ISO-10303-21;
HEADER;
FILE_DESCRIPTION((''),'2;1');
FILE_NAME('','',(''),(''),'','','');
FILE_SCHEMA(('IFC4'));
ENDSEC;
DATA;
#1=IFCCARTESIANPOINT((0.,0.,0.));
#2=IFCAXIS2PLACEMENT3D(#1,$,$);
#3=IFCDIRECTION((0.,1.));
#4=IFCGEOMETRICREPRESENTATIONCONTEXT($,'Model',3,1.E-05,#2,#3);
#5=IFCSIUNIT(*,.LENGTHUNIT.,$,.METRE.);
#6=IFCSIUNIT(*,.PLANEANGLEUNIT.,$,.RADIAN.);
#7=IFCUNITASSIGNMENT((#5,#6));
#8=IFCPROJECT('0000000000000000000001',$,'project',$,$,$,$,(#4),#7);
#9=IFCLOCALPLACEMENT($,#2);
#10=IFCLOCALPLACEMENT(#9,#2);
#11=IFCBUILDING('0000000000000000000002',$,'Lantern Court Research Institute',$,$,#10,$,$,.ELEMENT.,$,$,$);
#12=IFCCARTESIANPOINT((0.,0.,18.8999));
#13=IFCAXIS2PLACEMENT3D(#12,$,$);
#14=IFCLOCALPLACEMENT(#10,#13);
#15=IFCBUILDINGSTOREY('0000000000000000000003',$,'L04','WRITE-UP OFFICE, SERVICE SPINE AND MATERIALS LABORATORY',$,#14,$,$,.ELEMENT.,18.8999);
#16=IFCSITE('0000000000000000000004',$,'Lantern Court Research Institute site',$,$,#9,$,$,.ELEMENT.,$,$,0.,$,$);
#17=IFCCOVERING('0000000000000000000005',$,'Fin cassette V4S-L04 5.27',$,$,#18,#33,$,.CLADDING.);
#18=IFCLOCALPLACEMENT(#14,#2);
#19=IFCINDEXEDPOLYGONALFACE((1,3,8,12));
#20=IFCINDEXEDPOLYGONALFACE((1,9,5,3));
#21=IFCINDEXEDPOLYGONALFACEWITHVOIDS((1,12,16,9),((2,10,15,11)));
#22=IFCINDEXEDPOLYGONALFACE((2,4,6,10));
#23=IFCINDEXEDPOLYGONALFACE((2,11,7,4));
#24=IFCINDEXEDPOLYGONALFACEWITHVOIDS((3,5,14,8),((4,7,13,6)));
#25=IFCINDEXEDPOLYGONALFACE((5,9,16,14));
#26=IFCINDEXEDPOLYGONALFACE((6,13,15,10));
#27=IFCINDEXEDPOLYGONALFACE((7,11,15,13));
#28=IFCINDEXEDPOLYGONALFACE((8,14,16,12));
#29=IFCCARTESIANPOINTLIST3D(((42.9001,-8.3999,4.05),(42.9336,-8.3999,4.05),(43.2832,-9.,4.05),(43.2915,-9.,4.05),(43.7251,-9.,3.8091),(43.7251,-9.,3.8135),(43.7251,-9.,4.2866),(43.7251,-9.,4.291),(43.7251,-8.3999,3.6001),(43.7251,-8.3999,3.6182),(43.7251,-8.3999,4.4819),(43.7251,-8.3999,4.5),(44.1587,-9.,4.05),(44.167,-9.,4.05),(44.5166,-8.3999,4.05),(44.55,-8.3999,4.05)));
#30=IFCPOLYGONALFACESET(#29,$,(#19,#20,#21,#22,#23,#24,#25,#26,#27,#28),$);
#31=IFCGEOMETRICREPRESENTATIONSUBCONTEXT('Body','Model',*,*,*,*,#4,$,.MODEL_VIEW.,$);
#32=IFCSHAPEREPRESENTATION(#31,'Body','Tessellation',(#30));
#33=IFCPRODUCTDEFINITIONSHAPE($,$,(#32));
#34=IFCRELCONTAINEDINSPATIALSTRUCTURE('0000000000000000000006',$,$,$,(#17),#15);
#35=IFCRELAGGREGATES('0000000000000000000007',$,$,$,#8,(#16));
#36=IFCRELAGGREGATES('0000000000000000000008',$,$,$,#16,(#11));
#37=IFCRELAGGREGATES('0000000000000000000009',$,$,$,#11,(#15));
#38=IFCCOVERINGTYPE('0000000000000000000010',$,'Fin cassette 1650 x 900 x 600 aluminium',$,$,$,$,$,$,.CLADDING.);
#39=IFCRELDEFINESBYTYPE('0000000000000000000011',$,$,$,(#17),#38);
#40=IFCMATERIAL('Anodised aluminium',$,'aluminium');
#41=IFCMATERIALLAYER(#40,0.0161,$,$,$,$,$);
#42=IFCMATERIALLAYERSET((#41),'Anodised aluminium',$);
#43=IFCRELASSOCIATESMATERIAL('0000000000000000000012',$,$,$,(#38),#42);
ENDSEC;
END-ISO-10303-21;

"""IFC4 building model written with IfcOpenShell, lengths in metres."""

from ifc_helpers import new_model, entity, si_unit, direction, frame, origin, place, context, subcontext, project, spatial, material, layer, layer_set, type_object, element, save


model = new_model("IFC4")

# Units and contexts
model_context = context("Model", 3, precision=1e-05, world=origin(), true_north=direction((0.0, 1.0)))
body_context = subcontext(model_context, "Body", "Model", "MODEL_VIEW")
ifc_project = project(units=[si_unit("LENGTHUNIT", "METRE"), si_unit("PLANEANGLEUNIT", "RADIAN")], contexts=[model_context])

# Site, building, storey
site_placement = place(None, origin())
site = spatial("IfcSite", under=ifc_project, at=site_placement, Name="Lantern Court Research Institute site", CompositionType="ELEMENT", RefElevation=0.0)
building_placement = place(site_placement, origin())
building = spatial("IfcBuilding", under=site, at=building_placement, Name="Lantern Court Research Institute", CompositionType="ELEMENT")
storey_placement = place(building_placement, frame((0.0, 0.0, 18.8999)))
storey = spatial("IfcBuildingStorey", under=building, at=storey_placement, Name="L04", Description="WRITE-UP OFFICE, SERVICE SPINE AND MATERIALS LABORATORY", CompositionType="ELEMENT", Elevation=18.8999)

# Covering
ifc_material_1 = material(Name="Anodised aluminium", Category="aluminium")
ifc_layer_1 = layer(ifc_material_1, 0.0161)
ifc_layer_set_1 = layer_set([ifc_layer_1], Name="Anodised aluminium")
covering_type = type_object("IfcCoveringType", Name="Fin cassette 1650 x 900 x 600 aluminium", PredefinedType="CLADDING", material=ifc_layer_set_1)
covering_1_placement = place(storey_placement, frame((43.7251, -8.3999, 4.05), z_axis=(0.0, -1.0, 0.0), x_axis=(1.0, 0.0, 0.0)))
cartesian_point_1 = entity("IfcCartesianPoint", [0.825, 0.0])
cartesian_point_2 = entity("IfcCartesianPoint", [0.7915, 0.0])
cartesian_point_3 = entity("IfcCartesianPoint", [0.4419, 0.0])
cartesian_point_4 = entity("IfcCartesianPoint", [0.4336, 0.0])
element("IfcCovering", 1, at=covering_1_placement, inside=storey, type_object=covering_type, Name="Fin cassette V4S-L04 5.27", PredefinedType="CLADDING", context=body_context, shape_type="SweptSolid", body=[
    entity("IfcExtrudedAreaSolidTapered", entity("IfcArbitraryProfileDefWithVoids", "AREA", None, entity("IfcPolyline", [cartesian_point_1, entity("IfcCartesianPoint", [0.0, 0.45]), entity("IfcCartesianPoint", [-0.825, 0.0]), entity("IfcCartesianPoint", [0.0, -0.45]), cartesian_point_1]), [entity("IfcPolyline", [cartesian_point_2, entity("IfcCartesianPoint", [0.0, 0.4319]), entity("IfcCartesianPoint", [-0.7915, 0.0]), entity("IfcCartesianPoint", [0.0, -0.4319]), cartesian_point_2])]), entity("IfcAxis2Placement3D", entity("IfcCartesianPoint", [0.0, 0.0, 0.0])), entity("IfcDirection", [0.0, 0.0, 1.0]), 0.6001, entity("IfcArbitraryProfileDefWithVoids", "AREA", None, entity("IfcPolyline", [cartesian_point_3, entity("IfcCartesianPoint", [0.0, 0.241]), entity("IfcCartesianPoint", [-0.4419, 0.0]), entity("IfcCartesianPoint", [0.0, -0.241]), cartesian_point_3]), [entity("IfcPolyline", [cartesian_point_4, entity("IfcCartesianPoint", [0.0, 0.2366]), entity("IfcCartesianPoint", [-0.4336, 0.0]), entity("IfcCartesianPoint", [0.0, -0.2366]), cartesian_point_4])])),
])

save(model, "model.ifc")
